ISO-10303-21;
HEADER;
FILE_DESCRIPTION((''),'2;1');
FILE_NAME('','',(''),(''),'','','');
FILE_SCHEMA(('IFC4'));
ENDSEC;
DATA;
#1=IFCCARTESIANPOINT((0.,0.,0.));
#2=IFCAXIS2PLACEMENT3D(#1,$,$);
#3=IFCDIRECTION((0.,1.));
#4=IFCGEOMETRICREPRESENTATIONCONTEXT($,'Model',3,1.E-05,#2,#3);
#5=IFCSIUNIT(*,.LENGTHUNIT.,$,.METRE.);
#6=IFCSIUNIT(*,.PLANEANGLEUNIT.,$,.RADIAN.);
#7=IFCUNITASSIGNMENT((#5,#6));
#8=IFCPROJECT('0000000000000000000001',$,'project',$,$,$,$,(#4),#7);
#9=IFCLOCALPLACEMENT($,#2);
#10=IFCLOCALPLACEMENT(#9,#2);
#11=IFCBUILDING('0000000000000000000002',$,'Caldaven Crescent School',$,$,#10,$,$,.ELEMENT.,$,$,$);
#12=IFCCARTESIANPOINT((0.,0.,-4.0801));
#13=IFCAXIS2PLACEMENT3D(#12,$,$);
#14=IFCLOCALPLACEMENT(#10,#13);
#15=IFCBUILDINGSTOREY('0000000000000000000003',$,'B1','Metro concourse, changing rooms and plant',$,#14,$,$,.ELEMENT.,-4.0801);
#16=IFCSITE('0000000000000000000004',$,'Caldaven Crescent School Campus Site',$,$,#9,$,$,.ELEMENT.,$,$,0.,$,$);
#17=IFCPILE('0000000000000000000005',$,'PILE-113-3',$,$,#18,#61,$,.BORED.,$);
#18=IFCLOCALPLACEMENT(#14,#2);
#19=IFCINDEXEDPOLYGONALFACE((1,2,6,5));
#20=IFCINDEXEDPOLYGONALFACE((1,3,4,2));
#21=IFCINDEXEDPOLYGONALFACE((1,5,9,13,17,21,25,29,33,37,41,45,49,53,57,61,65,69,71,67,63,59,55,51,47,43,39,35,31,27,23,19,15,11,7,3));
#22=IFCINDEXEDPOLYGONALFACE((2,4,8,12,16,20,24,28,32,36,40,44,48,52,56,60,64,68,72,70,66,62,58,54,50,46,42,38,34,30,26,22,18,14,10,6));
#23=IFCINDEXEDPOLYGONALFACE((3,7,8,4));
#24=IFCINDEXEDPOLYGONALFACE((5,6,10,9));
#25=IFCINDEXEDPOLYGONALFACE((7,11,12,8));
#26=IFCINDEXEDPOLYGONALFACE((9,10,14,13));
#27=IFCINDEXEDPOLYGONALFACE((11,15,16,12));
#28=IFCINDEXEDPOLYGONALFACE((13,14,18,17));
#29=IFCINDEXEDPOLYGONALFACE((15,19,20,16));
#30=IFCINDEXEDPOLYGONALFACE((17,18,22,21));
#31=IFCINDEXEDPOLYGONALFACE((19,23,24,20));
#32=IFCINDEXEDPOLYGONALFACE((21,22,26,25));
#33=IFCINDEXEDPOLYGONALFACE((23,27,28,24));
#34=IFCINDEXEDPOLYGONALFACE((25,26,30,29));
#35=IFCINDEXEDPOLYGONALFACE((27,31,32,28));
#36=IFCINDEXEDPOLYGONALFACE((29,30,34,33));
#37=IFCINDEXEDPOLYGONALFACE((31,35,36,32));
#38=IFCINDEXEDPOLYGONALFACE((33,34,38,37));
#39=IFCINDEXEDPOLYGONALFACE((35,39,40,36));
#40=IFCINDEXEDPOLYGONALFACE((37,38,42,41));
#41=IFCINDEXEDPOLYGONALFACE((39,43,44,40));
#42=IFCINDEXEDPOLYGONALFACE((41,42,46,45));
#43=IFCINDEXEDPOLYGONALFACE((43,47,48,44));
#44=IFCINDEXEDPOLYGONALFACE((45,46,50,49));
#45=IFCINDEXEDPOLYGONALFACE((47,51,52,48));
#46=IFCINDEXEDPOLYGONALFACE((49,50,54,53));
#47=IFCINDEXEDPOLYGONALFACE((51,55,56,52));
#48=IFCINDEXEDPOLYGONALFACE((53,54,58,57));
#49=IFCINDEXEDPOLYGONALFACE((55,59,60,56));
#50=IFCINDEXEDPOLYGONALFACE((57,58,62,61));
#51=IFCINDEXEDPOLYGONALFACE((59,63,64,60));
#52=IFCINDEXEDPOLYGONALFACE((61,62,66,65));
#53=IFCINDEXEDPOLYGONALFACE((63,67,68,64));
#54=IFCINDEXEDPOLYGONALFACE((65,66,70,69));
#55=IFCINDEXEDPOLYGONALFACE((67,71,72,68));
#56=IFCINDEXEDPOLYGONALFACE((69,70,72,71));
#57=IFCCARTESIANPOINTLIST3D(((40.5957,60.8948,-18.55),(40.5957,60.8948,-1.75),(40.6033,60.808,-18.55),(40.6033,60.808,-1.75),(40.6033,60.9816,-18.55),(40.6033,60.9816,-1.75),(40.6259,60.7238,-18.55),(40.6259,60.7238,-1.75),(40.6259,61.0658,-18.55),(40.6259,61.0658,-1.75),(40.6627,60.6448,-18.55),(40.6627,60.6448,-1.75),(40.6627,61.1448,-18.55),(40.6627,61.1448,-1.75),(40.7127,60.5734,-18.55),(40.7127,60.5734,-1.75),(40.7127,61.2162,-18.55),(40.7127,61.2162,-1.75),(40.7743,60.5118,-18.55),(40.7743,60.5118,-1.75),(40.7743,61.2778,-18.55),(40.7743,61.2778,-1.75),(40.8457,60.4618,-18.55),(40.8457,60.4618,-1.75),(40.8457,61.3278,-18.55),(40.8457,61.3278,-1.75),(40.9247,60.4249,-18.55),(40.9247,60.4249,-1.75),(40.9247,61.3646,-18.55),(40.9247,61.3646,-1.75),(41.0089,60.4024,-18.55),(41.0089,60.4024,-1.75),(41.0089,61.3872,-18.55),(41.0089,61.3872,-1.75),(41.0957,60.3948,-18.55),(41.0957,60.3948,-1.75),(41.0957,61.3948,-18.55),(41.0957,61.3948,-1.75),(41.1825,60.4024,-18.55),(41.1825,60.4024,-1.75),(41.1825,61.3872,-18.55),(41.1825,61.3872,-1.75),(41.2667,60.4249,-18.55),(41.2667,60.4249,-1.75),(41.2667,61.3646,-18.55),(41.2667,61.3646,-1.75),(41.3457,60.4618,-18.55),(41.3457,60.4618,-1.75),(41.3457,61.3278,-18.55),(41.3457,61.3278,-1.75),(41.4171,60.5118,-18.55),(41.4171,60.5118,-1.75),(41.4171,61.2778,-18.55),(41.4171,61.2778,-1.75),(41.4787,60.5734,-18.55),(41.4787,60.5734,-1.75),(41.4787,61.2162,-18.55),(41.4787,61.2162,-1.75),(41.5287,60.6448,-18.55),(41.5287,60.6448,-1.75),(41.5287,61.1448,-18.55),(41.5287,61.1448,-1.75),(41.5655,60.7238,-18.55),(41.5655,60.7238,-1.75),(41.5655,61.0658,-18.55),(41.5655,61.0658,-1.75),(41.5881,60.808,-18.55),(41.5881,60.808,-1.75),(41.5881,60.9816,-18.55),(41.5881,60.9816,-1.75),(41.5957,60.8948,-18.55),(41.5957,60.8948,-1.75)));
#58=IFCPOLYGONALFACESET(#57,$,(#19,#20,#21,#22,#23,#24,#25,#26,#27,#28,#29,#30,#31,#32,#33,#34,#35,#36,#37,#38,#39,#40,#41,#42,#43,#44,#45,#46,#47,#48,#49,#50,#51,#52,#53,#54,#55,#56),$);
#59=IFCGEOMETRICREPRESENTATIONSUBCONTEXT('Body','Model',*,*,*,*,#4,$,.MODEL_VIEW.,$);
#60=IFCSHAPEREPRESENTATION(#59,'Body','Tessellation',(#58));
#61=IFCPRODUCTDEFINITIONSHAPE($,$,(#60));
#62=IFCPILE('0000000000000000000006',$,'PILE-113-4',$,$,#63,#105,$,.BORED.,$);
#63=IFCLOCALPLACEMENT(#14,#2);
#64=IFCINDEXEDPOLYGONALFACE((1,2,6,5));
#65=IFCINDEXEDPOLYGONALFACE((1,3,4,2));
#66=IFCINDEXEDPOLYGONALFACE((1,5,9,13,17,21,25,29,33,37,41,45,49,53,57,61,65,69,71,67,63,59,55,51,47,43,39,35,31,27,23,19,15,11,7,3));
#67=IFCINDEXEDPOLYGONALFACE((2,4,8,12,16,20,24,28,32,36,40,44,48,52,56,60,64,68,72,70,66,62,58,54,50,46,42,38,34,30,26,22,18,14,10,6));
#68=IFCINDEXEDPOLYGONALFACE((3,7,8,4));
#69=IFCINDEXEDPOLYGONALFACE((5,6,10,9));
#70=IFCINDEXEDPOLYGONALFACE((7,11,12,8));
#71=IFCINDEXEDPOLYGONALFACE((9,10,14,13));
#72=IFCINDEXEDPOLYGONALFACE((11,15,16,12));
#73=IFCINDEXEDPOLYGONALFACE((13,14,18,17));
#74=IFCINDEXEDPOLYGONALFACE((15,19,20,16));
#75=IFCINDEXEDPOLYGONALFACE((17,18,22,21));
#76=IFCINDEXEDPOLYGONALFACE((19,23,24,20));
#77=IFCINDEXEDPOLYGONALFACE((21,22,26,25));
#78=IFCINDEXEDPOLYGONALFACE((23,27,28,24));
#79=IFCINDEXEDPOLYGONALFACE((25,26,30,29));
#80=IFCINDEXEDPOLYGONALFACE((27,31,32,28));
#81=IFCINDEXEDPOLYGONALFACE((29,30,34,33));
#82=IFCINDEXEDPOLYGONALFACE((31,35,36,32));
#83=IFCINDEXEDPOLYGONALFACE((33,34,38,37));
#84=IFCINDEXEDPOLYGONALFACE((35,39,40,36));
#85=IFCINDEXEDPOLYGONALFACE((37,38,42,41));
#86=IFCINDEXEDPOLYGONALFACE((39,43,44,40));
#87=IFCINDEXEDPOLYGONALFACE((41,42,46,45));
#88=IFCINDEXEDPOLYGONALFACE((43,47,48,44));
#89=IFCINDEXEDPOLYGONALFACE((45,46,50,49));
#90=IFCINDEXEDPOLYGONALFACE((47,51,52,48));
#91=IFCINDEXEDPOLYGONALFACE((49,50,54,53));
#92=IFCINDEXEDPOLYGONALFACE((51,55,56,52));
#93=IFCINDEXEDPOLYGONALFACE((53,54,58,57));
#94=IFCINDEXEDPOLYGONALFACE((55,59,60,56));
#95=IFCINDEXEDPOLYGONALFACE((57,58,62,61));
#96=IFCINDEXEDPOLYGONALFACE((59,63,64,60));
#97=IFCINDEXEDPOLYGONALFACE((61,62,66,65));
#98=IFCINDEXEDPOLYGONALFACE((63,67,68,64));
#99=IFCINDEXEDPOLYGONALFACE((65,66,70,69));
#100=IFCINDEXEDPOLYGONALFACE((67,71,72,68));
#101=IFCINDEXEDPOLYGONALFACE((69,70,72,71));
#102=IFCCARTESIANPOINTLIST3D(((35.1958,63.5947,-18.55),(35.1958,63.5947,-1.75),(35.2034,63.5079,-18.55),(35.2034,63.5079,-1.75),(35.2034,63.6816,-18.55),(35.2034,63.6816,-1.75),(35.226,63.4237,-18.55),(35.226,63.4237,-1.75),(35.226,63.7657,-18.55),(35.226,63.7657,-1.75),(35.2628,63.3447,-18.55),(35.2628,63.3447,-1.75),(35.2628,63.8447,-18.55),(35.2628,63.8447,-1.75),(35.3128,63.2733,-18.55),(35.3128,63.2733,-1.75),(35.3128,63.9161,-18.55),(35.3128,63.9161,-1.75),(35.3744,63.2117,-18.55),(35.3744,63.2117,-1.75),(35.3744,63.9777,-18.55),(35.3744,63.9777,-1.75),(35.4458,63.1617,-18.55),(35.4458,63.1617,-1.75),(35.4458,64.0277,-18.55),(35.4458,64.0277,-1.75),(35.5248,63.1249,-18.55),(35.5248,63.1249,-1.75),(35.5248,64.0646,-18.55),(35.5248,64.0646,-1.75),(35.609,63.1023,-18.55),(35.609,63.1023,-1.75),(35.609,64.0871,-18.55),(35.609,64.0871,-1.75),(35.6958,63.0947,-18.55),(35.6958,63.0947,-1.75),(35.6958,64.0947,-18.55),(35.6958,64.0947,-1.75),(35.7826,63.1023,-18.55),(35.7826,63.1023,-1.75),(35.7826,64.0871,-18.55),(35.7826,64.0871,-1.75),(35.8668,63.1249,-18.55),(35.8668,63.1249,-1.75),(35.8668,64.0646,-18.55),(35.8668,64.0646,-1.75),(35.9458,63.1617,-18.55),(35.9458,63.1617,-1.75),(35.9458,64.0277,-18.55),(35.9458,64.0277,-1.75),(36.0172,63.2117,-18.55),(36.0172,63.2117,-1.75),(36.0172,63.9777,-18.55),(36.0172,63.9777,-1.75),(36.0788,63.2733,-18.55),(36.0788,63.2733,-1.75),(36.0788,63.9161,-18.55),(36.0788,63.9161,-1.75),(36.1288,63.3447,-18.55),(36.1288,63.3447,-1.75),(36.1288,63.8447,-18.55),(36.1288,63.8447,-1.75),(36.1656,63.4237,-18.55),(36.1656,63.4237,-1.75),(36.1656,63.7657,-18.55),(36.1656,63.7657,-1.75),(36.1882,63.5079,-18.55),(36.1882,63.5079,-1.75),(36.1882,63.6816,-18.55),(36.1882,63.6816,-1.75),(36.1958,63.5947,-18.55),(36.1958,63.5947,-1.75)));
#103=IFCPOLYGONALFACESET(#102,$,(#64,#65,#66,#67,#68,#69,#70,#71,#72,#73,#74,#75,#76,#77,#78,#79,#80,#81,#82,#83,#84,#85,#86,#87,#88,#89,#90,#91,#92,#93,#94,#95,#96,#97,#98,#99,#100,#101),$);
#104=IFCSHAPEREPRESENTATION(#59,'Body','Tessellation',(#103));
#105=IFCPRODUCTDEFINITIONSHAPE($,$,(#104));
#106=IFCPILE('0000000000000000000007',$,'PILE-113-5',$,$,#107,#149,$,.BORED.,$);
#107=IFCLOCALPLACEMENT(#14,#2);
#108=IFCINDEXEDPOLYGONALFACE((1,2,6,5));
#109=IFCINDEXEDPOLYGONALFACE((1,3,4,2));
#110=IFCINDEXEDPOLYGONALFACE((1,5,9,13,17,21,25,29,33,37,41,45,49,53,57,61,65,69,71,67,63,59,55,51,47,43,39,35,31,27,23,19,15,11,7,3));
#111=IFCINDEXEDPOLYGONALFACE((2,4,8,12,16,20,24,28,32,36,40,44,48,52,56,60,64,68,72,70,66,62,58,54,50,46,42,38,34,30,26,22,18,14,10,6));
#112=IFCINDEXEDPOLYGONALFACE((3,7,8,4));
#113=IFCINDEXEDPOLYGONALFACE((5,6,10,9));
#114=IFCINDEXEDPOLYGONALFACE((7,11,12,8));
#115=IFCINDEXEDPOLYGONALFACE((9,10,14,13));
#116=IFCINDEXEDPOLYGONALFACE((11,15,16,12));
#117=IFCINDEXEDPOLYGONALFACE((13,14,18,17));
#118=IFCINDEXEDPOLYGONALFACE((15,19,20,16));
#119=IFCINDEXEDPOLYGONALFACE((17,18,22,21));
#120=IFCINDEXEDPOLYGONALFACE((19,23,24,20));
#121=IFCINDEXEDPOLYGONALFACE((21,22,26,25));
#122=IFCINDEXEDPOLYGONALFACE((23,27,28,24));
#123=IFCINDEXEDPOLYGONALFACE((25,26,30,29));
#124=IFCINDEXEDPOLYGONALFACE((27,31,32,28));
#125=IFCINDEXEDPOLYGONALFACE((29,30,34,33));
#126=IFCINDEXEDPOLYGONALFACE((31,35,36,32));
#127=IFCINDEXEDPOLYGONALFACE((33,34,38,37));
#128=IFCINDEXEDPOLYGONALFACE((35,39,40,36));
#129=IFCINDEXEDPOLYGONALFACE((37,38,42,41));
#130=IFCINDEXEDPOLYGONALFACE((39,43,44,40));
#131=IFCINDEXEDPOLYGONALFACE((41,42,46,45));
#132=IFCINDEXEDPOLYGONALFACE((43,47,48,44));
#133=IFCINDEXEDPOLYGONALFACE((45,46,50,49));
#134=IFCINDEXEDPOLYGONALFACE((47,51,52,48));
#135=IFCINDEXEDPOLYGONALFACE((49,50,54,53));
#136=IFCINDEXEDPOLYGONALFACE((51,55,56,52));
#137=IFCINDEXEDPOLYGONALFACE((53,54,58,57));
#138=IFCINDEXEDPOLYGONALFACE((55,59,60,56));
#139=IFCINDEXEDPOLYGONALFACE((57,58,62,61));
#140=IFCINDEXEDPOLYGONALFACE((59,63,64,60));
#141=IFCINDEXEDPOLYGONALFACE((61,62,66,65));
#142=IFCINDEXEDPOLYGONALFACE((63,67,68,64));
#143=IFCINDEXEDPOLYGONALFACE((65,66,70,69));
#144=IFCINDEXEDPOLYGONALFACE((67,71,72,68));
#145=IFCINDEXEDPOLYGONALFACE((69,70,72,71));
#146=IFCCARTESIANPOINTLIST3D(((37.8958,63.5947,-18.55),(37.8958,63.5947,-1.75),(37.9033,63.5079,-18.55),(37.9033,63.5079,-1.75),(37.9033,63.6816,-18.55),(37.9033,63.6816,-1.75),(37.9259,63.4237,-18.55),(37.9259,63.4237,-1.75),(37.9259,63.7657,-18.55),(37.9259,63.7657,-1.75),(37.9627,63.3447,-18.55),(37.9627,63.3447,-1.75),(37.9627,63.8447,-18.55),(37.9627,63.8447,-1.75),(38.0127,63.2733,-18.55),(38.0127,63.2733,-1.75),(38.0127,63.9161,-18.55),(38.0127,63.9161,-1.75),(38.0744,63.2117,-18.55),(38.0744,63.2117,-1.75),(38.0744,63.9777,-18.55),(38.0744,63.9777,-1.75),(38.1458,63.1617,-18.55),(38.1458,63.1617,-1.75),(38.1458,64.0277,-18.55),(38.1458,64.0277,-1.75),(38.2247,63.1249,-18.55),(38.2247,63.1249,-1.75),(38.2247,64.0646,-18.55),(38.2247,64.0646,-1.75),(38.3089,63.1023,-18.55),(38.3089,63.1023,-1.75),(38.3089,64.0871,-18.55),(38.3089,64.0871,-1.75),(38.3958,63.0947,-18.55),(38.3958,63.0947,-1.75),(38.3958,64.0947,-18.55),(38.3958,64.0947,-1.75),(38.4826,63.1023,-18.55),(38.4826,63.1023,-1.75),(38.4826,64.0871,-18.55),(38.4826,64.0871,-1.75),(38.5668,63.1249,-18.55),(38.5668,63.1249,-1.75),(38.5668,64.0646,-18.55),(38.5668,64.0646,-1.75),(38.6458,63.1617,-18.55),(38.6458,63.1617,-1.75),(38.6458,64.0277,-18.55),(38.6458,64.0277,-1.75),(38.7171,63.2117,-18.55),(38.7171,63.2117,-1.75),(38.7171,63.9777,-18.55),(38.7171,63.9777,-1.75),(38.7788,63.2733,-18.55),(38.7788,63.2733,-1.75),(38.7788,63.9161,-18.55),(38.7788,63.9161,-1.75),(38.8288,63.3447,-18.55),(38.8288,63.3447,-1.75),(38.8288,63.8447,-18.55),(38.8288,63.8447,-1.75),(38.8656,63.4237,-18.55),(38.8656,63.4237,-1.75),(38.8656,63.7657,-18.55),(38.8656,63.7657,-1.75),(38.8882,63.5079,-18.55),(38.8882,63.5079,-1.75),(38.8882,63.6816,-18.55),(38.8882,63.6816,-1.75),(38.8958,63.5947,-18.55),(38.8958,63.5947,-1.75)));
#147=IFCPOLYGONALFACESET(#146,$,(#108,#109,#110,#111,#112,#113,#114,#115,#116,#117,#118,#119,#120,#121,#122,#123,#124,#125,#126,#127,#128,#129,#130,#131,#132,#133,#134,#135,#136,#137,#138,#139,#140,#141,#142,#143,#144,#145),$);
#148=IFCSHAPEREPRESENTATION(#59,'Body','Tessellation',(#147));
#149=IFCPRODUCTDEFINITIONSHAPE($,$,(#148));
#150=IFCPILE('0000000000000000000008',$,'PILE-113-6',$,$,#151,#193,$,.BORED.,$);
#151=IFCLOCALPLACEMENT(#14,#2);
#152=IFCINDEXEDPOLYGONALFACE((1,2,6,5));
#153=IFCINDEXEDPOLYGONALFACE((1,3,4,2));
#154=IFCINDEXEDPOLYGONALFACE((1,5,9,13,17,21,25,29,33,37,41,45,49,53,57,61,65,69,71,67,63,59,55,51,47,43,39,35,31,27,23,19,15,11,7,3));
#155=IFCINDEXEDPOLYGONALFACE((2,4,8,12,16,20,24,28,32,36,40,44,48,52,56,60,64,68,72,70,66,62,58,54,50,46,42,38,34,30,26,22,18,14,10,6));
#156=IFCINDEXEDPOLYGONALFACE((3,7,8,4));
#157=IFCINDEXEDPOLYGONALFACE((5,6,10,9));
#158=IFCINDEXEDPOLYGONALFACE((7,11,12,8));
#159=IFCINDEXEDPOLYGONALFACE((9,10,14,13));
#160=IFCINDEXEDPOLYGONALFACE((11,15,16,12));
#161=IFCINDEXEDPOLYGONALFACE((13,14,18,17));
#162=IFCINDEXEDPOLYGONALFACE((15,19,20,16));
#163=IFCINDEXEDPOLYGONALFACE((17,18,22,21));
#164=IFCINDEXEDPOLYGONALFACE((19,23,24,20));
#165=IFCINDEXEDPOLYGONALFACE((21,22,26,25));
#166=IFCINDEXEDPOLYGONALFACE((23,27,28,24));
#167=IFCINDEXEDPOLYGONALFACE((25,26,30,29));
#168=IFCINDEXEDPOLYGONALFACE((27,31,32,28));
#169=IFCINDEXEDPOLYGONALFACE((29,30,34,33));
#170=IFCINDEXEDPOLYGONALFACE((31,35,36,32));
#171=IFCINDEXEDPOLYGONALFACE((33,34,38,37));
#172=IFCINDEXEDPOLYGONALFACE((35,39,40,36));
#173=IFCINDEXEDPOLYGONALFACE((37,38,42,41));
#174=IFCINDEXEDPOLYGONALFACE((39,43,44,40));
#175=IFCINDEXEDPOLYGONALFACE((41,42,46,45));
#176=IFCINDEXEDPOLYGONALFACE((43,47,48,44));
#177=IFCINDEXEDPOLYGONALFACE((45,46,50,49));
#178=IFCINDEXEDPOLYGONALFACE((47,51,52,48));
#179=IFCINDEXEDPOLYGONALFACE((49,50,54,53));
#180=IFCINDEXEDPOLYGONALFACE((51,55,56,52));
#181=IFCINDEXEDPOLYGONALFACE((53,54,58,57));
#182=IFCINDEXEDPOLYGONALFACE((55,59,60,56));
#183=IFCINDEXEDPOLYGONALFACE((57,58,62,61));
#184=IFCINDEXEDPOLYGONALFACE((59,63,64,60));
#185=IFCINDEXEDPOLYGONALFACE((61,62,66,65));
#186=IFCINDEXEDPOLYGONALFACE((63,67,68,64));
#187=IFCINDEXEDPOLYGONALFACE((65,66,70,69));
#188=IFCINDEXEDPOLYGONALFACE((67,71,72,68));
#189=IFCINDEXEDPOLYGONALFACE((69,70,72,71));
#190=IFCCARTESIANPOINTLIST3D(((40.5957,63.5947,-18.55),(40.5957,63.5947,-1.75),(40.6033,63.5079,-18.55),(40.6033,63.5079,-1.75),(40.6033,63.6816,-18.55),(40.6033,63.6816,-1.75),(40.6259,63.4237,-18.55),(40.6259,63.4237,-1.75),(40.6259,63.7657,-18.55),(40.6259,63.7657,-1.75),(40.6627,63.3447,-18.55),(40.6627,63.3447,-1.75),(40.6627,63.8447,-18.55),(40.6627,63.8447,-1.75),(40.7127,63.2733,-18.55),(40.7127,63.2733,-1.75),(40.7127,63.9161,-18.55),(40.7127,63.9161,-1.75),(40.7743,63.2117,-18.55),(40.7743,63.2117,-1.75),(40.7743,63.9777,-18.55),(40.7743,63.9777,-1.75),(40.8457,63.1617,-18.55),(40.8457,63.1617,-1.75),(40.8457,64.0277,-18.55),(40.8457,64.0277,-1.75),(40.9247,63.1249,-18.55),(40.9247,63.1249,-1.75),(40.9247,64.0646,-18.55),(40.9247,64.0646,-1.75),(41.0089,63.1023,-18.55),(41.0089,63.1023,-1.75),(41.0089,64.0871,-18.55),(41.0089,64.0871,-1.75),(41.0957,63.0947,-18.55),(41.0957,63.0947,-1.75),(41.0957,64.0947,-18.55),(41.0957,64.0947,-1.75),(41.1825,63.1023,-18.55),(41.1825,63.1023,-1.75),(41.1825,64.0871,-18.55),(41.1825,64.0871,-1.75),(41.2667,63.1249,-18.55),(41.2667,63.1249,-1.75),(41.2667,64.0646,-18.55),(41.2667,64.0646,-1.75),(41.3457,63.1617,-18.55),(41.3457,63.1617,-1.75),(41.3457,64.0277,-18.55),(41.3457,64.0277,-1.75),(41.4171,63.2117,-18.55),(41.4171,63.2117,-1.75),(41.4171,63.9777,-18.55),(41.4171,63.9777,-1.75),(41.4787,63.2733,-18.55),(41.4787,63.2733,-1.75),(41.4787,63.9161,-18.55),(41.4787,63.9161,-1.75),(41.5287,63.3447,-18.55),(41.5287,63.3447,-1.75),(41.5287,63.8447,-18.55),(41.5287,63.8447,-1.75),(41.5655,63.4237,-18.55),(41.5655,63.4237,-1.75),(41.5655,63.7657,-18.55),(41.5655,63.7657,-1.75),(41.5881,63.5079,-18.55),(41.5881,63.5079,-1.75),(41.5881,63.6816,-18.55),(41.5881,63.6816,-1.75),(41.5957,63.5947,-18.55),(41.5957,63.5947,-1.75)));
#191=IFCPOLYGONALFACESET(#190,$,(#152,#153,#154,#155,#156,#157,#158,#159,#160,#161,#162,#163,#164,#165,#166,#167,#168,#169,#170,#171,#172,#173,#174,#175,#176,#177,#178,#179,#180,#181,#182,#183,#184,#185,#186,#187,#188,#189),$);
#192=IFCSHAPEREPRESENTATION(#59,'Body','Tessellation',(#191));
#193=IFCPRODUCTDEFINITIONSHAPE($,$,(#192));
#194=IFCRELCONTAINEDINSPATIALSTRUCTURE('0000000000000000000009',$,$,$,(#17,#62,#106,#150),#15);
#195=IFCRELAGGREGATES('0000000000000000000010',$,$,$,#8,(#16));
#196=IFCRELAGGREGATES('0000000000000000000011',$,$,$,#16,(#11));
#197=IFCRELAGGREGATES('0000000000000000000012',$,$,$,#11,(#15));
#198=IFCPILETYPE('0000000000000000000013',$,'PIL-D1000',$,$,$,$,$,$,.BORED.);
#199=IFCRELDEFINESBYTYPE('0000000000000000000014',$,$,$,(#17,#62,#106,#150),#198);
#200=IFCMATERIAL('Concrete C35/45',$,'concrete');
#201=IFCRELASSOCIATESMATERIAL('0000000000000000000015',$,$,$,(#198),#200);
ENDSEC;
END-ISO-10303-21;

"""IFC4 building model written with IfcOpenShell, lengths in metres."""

from ifc_helpers import new_model, si_unit, direction, frame, origin, origin_2d, place, context, subcontext, project, spatial, circle, extrude, material, material_profile, profile_set, type_object, element, save


model = new_model("IFC4")

# Units and contexts
model_context = context("Model", 3, precision=1e-05, world=origin(), true_north=direction((0.0, 1.0)))
body_context = subcontext(model_context, "Body", "Model", "MODEL_VIEW")
ifc_project = project(units=[si_unit("LENGTHUNIT", "METRE"), si_unit("PLANEANGLEUNIT", "RADIAN")], contexts=[model_context])

# Site, building, storey
site_placement = place(None, origin())
site = spatial("IfcSite", under=ifc_project, at=site_placement, Name="Caldaven Crescent School Campus Site", CompositionType="ELEMENT", RefElevation=0.0)
building_placement = place(site_placement, origin())
building = spatial("IfcBuilding", under=site, at=building_placement, Name="Caldaven Crescent School", CompositionType="ELEMENT")
storey_placement = place(building_placement, frame((0.0, 0.0, -4.0801)))
storey = spatial("IfcBuildingStorey", under=building, at=storey_placement, Name="B1", Description="Metro concourse, changing rooms and plant", CompositionType="ELEMENT", Elevation=-4.0801)

# Shared definitions
ifc_material_1 = material(Name="Concrete C35/45", Category="concrete")

# Piles
ifc_material_profile_1 = material_profile(ifc_material_1, circle(Radius=0.5, at=origin_2d()), Name="PILE D1000")
ifc_profile_set_1 = profile_set([ifc_material_profile_1], Name="Concrete C35/45")
pile_type_1 = type_object("IfcPileType", Name="PIL-D1000", PredefinedType="BORED", material=ifc_profile_set_1)
for number, where, z_axis, x_axis, name in (
    (1, (41.0957, 60.8948, -1.75), (0.0, 0.0, -1.0), (1.0, 0.0, 0.0), "PILE-113-3"),
    (2, (35.6958, 63.5947, -1.75), (0.0, 0.0, -1.0), (1.0, 0.0, 0.0), "PILE-113-4"),
    (3, (38.3958, 63.5947, -1.75), (0.0, 0.0, -1.0), (1.0, 0.0, 0.0), "PILE-113-5"),
    (4, (41.0957, 63.5947, -1.75), (0.0, 0.0, -1.0), (1.0, 0.0, 0.0), "PILE-113-6"),
):
    element("IfcPile", number, at=place(storey_placement, frame(where, z_axis=z_axis, x_axis=x_axis)), inside=storey, type_object=pile_type_1, Name=name, PredefinedType="BORED", context=body_context, shape_type="SweptSolid", body=[
        extrude(circle(Radius=0.5, at=origin_2d()), origin(), (0.0, 0.0, 1.0), 16.8),
    ])

save(model, "model.ifc")
